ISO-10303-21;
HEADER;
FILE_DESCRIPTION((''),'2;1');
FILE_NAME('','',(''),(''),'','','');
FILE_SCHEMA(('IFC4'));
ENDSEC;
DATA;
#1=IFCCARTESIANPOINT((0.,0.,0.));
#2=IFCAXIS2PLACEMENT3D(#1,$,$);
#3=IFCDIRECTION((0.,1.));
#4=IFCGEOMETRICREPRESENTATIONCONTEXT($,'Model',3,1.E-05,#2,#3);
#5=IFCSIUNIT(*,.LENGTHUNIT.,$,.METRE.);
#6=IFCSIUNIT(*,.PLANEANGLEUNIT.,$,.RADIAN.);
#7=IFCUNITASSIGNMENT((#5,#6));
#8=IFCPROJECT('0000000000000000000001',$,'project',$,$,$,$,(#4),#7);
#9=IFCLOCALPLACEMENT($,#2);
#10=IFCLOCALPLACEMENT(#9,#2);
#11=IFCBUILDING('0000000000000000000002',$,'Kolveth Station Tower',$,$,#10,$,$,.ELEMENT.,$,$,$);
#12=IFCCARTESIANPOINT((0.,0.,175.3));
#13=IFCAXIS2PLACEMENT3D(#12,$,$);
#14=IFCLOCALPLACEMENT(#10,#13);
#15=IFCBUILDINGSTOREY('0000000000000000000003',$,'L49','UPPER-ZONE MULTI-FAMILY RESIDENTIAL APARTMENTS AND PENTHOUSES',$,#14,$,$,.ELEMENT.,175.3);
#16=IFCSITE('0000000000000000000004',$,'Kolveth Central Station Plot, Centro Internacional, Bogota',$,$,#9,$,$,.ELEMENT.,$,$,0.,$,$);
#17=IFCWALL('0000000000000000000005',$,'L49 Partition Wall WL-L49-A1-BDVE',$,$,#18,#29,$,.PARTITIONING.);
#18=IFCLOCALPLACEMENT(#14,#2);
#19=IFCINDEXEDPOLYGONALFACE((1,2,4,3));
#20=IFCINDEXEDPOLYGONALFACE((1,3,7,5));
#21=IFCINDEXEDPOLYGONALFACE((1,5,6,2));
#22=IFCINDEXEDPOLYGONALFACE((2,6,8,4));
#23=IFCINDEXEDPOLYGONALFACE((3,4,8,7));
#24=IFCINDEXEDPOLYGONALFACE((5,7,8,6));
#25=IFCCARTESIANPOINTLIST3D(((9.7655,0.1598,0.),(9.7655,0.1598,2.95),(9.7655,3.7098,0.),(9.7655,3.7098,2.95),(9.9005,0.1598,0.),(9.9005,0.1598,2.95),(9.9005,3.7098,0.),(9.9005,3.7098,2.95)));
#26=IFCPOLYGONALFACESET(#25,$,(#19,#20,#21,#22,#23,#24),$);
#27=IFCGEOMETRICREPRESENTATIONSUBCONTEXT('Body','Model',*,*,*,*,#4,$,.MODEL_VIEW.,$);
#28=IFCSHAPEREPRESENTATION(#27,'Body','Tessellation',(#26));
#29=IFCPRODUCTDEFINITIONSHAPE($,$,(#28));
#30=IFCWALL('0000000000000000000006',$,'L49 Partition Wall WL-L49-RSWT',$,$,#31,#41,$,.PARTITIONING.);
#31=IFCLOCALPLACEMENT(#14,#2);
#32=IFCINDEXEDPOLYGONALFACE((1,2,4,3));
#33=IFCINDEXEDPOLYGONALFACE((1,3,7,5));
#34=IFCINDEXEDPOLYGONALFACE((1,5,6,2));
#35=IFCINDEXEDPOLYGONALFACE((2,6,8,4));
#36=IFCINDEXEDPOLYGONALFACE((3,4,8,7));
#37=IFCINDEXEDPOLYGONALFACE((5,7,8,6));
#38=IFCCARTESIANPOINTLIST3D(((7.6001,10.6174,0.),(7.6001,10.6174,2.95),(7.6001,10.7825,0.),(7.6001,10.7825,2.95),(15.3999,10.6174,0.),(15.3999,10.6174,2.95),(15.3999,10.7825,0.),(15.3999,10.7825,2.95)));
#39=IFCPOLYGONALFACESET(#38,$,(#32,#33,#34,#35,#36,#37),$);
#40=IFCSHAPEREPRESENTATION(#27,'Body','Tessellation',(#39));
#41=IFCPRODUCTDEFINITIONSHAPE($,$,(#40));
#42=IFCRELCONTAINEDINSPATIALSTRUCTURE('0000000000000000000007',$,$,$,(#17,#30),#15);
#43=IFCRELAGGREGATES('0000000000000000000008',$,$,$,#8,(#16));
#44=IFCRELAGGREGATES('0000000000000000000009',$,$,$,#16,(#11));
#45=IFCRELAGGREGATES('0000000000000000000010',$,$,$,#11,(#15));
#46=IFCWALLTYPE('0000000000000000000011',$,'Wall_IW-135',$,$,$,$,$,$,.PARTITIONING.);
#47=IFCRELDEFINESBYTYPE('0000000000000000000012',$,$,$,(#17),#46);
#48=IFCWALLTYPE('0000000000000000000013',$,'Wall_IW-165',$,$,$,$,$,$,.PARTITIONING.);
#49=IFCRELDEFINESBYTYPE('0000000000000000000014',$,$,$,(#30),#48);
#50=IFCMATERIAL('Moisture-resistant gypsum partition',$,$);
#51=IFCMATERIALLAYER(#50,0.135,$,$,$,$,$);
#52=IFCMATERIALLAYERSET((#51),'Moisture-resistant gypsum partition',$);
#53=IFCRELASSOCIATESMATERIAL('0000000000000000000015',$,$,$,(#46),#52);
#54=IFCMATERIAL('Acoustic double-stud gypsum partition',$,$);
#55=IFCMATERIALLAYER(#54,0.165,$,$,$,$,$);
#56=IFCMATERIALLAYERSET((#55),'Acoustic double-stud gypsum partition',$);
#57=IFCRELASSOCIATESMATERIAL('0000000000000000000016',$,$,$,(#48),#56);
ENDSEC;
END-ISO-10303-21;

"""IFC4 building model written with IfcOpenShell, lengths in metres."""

from ifc_helpers import new_model, si_unit, direction, frame, frame_2d, origin, place, context, subcontext, project, spatial, rectangle, extrude, material, layer, layer_set, type_object, element, save


model = new_model("IFC4")

# Units and contexts
model_context = context("Model", 3, precision=1e-05, world=origin(), true_north=direction((0.0, 1.0)))
body_context = subcontext(model_context, "Body", "Model", "MODEL_VIEW")
ifc_project = project(units=[si_unit("LENGTHUNIT", "METRE"), si_unit("PLANEANGLEUNIT", "RADIAN")], contexts=[model_context])

# Site, building, storey
site_placement = place(None, origin())
site = spatial("IfcSite", under=ifc_project, at=site_placement, Name="Kolveth Central Station Plot, Centro Internacional, Bogota", CompositionType="ELEMENT", RefElevation=0.0)
building_placement = place(site_placement, origin())
building = spatial("IfcBuilding", under=site, at=building_placement, Name="Kolveth Station Tower", CompositionType="ELEMENT")
storey_placement = place(building_placement, frame((0.0, 0.0, 175.3)))
storey = spatial("IfcBuildingStorey", under=building, at=storey_placement, Name="L49", Description="UPPER-ZONE MULTI-FAMILY RESIDENTIAL APARTMENTS AND PENTHOUSES", CompositionType="ELEMENT", Elevation=175.3)

# Shared definitions
ifc_material_1 = material(Name="Moisture-resistant gypsum partition")
ifc_layer_1 = layer(ifc_material_1, 0.135)
ifc_layer_set_1 = layer_set([ifc_layer_1], Name="Moisture-resistant gypsum partition")
wall_type_1 = type_object("IfcWallType", Name="Wall_IW-135", PredefinedType="PARTITIONING", material=ifc_layer_set_1)

# Walls
wall_1_placement = place(storey_placement, frame((9.833, 0.1599, 0.0), z_axis=(0.0, 0.0, 1.0), x_axis=(0.0, 1.0, 0.0)))
element("IfcWall", 1, at=wall_1_placement, inside=storey, type_object=wall_type_1, Name="L49 Partition Wall WL-L49-A1-BDVE", PredefinedType="PARTITIONING", context=body_context, shape_type="SweptSolid", body=[
    extrude(rectangle(XDim=3.55, YDim=0.135, at=frame_2d((1.7749, 0.0))), origin(), (0.0, 0.0, 1.0), 2.95),
])
ifc_material_2 = material(Name="Acoustic double-stud gypsum partition")
ifc_layer_2 = layer(ifc_material_2, 0.165)
ifc_layer_set_2 = layer_set([ifc_layer_2], Name="Acoustic double-stud gypsum partition")
wall_type_2 = type_object("IfcWallType", Name="Wall_IW-165", PredefinedType="PARTITIONING", material=ifc_layer_set_2)
wall_2_placement = place(storey_placement, frame((7.6001, 10.7, 0.0), z_axis=(0.0, 0.0, 1.0), x_axis=(1.0, 0.0, 0.0)))
element("IfcWall", 2, at=wall_2_placement, inside=storey, type_object=wall_type_2, Name="L49 Partition Wall WL-L49-RSWT", PredefinedType="PARTITIONING", context=body_context, shape_type="SweptSolid", body=[
    extrude(rectangle(XDim=7.7998, YDim=0.165, at=frame_2d((3.8999, 0.0))), origin(), (0.0, 0.0, 1.0), 2.95),
])

save(model, "model.ifc")
